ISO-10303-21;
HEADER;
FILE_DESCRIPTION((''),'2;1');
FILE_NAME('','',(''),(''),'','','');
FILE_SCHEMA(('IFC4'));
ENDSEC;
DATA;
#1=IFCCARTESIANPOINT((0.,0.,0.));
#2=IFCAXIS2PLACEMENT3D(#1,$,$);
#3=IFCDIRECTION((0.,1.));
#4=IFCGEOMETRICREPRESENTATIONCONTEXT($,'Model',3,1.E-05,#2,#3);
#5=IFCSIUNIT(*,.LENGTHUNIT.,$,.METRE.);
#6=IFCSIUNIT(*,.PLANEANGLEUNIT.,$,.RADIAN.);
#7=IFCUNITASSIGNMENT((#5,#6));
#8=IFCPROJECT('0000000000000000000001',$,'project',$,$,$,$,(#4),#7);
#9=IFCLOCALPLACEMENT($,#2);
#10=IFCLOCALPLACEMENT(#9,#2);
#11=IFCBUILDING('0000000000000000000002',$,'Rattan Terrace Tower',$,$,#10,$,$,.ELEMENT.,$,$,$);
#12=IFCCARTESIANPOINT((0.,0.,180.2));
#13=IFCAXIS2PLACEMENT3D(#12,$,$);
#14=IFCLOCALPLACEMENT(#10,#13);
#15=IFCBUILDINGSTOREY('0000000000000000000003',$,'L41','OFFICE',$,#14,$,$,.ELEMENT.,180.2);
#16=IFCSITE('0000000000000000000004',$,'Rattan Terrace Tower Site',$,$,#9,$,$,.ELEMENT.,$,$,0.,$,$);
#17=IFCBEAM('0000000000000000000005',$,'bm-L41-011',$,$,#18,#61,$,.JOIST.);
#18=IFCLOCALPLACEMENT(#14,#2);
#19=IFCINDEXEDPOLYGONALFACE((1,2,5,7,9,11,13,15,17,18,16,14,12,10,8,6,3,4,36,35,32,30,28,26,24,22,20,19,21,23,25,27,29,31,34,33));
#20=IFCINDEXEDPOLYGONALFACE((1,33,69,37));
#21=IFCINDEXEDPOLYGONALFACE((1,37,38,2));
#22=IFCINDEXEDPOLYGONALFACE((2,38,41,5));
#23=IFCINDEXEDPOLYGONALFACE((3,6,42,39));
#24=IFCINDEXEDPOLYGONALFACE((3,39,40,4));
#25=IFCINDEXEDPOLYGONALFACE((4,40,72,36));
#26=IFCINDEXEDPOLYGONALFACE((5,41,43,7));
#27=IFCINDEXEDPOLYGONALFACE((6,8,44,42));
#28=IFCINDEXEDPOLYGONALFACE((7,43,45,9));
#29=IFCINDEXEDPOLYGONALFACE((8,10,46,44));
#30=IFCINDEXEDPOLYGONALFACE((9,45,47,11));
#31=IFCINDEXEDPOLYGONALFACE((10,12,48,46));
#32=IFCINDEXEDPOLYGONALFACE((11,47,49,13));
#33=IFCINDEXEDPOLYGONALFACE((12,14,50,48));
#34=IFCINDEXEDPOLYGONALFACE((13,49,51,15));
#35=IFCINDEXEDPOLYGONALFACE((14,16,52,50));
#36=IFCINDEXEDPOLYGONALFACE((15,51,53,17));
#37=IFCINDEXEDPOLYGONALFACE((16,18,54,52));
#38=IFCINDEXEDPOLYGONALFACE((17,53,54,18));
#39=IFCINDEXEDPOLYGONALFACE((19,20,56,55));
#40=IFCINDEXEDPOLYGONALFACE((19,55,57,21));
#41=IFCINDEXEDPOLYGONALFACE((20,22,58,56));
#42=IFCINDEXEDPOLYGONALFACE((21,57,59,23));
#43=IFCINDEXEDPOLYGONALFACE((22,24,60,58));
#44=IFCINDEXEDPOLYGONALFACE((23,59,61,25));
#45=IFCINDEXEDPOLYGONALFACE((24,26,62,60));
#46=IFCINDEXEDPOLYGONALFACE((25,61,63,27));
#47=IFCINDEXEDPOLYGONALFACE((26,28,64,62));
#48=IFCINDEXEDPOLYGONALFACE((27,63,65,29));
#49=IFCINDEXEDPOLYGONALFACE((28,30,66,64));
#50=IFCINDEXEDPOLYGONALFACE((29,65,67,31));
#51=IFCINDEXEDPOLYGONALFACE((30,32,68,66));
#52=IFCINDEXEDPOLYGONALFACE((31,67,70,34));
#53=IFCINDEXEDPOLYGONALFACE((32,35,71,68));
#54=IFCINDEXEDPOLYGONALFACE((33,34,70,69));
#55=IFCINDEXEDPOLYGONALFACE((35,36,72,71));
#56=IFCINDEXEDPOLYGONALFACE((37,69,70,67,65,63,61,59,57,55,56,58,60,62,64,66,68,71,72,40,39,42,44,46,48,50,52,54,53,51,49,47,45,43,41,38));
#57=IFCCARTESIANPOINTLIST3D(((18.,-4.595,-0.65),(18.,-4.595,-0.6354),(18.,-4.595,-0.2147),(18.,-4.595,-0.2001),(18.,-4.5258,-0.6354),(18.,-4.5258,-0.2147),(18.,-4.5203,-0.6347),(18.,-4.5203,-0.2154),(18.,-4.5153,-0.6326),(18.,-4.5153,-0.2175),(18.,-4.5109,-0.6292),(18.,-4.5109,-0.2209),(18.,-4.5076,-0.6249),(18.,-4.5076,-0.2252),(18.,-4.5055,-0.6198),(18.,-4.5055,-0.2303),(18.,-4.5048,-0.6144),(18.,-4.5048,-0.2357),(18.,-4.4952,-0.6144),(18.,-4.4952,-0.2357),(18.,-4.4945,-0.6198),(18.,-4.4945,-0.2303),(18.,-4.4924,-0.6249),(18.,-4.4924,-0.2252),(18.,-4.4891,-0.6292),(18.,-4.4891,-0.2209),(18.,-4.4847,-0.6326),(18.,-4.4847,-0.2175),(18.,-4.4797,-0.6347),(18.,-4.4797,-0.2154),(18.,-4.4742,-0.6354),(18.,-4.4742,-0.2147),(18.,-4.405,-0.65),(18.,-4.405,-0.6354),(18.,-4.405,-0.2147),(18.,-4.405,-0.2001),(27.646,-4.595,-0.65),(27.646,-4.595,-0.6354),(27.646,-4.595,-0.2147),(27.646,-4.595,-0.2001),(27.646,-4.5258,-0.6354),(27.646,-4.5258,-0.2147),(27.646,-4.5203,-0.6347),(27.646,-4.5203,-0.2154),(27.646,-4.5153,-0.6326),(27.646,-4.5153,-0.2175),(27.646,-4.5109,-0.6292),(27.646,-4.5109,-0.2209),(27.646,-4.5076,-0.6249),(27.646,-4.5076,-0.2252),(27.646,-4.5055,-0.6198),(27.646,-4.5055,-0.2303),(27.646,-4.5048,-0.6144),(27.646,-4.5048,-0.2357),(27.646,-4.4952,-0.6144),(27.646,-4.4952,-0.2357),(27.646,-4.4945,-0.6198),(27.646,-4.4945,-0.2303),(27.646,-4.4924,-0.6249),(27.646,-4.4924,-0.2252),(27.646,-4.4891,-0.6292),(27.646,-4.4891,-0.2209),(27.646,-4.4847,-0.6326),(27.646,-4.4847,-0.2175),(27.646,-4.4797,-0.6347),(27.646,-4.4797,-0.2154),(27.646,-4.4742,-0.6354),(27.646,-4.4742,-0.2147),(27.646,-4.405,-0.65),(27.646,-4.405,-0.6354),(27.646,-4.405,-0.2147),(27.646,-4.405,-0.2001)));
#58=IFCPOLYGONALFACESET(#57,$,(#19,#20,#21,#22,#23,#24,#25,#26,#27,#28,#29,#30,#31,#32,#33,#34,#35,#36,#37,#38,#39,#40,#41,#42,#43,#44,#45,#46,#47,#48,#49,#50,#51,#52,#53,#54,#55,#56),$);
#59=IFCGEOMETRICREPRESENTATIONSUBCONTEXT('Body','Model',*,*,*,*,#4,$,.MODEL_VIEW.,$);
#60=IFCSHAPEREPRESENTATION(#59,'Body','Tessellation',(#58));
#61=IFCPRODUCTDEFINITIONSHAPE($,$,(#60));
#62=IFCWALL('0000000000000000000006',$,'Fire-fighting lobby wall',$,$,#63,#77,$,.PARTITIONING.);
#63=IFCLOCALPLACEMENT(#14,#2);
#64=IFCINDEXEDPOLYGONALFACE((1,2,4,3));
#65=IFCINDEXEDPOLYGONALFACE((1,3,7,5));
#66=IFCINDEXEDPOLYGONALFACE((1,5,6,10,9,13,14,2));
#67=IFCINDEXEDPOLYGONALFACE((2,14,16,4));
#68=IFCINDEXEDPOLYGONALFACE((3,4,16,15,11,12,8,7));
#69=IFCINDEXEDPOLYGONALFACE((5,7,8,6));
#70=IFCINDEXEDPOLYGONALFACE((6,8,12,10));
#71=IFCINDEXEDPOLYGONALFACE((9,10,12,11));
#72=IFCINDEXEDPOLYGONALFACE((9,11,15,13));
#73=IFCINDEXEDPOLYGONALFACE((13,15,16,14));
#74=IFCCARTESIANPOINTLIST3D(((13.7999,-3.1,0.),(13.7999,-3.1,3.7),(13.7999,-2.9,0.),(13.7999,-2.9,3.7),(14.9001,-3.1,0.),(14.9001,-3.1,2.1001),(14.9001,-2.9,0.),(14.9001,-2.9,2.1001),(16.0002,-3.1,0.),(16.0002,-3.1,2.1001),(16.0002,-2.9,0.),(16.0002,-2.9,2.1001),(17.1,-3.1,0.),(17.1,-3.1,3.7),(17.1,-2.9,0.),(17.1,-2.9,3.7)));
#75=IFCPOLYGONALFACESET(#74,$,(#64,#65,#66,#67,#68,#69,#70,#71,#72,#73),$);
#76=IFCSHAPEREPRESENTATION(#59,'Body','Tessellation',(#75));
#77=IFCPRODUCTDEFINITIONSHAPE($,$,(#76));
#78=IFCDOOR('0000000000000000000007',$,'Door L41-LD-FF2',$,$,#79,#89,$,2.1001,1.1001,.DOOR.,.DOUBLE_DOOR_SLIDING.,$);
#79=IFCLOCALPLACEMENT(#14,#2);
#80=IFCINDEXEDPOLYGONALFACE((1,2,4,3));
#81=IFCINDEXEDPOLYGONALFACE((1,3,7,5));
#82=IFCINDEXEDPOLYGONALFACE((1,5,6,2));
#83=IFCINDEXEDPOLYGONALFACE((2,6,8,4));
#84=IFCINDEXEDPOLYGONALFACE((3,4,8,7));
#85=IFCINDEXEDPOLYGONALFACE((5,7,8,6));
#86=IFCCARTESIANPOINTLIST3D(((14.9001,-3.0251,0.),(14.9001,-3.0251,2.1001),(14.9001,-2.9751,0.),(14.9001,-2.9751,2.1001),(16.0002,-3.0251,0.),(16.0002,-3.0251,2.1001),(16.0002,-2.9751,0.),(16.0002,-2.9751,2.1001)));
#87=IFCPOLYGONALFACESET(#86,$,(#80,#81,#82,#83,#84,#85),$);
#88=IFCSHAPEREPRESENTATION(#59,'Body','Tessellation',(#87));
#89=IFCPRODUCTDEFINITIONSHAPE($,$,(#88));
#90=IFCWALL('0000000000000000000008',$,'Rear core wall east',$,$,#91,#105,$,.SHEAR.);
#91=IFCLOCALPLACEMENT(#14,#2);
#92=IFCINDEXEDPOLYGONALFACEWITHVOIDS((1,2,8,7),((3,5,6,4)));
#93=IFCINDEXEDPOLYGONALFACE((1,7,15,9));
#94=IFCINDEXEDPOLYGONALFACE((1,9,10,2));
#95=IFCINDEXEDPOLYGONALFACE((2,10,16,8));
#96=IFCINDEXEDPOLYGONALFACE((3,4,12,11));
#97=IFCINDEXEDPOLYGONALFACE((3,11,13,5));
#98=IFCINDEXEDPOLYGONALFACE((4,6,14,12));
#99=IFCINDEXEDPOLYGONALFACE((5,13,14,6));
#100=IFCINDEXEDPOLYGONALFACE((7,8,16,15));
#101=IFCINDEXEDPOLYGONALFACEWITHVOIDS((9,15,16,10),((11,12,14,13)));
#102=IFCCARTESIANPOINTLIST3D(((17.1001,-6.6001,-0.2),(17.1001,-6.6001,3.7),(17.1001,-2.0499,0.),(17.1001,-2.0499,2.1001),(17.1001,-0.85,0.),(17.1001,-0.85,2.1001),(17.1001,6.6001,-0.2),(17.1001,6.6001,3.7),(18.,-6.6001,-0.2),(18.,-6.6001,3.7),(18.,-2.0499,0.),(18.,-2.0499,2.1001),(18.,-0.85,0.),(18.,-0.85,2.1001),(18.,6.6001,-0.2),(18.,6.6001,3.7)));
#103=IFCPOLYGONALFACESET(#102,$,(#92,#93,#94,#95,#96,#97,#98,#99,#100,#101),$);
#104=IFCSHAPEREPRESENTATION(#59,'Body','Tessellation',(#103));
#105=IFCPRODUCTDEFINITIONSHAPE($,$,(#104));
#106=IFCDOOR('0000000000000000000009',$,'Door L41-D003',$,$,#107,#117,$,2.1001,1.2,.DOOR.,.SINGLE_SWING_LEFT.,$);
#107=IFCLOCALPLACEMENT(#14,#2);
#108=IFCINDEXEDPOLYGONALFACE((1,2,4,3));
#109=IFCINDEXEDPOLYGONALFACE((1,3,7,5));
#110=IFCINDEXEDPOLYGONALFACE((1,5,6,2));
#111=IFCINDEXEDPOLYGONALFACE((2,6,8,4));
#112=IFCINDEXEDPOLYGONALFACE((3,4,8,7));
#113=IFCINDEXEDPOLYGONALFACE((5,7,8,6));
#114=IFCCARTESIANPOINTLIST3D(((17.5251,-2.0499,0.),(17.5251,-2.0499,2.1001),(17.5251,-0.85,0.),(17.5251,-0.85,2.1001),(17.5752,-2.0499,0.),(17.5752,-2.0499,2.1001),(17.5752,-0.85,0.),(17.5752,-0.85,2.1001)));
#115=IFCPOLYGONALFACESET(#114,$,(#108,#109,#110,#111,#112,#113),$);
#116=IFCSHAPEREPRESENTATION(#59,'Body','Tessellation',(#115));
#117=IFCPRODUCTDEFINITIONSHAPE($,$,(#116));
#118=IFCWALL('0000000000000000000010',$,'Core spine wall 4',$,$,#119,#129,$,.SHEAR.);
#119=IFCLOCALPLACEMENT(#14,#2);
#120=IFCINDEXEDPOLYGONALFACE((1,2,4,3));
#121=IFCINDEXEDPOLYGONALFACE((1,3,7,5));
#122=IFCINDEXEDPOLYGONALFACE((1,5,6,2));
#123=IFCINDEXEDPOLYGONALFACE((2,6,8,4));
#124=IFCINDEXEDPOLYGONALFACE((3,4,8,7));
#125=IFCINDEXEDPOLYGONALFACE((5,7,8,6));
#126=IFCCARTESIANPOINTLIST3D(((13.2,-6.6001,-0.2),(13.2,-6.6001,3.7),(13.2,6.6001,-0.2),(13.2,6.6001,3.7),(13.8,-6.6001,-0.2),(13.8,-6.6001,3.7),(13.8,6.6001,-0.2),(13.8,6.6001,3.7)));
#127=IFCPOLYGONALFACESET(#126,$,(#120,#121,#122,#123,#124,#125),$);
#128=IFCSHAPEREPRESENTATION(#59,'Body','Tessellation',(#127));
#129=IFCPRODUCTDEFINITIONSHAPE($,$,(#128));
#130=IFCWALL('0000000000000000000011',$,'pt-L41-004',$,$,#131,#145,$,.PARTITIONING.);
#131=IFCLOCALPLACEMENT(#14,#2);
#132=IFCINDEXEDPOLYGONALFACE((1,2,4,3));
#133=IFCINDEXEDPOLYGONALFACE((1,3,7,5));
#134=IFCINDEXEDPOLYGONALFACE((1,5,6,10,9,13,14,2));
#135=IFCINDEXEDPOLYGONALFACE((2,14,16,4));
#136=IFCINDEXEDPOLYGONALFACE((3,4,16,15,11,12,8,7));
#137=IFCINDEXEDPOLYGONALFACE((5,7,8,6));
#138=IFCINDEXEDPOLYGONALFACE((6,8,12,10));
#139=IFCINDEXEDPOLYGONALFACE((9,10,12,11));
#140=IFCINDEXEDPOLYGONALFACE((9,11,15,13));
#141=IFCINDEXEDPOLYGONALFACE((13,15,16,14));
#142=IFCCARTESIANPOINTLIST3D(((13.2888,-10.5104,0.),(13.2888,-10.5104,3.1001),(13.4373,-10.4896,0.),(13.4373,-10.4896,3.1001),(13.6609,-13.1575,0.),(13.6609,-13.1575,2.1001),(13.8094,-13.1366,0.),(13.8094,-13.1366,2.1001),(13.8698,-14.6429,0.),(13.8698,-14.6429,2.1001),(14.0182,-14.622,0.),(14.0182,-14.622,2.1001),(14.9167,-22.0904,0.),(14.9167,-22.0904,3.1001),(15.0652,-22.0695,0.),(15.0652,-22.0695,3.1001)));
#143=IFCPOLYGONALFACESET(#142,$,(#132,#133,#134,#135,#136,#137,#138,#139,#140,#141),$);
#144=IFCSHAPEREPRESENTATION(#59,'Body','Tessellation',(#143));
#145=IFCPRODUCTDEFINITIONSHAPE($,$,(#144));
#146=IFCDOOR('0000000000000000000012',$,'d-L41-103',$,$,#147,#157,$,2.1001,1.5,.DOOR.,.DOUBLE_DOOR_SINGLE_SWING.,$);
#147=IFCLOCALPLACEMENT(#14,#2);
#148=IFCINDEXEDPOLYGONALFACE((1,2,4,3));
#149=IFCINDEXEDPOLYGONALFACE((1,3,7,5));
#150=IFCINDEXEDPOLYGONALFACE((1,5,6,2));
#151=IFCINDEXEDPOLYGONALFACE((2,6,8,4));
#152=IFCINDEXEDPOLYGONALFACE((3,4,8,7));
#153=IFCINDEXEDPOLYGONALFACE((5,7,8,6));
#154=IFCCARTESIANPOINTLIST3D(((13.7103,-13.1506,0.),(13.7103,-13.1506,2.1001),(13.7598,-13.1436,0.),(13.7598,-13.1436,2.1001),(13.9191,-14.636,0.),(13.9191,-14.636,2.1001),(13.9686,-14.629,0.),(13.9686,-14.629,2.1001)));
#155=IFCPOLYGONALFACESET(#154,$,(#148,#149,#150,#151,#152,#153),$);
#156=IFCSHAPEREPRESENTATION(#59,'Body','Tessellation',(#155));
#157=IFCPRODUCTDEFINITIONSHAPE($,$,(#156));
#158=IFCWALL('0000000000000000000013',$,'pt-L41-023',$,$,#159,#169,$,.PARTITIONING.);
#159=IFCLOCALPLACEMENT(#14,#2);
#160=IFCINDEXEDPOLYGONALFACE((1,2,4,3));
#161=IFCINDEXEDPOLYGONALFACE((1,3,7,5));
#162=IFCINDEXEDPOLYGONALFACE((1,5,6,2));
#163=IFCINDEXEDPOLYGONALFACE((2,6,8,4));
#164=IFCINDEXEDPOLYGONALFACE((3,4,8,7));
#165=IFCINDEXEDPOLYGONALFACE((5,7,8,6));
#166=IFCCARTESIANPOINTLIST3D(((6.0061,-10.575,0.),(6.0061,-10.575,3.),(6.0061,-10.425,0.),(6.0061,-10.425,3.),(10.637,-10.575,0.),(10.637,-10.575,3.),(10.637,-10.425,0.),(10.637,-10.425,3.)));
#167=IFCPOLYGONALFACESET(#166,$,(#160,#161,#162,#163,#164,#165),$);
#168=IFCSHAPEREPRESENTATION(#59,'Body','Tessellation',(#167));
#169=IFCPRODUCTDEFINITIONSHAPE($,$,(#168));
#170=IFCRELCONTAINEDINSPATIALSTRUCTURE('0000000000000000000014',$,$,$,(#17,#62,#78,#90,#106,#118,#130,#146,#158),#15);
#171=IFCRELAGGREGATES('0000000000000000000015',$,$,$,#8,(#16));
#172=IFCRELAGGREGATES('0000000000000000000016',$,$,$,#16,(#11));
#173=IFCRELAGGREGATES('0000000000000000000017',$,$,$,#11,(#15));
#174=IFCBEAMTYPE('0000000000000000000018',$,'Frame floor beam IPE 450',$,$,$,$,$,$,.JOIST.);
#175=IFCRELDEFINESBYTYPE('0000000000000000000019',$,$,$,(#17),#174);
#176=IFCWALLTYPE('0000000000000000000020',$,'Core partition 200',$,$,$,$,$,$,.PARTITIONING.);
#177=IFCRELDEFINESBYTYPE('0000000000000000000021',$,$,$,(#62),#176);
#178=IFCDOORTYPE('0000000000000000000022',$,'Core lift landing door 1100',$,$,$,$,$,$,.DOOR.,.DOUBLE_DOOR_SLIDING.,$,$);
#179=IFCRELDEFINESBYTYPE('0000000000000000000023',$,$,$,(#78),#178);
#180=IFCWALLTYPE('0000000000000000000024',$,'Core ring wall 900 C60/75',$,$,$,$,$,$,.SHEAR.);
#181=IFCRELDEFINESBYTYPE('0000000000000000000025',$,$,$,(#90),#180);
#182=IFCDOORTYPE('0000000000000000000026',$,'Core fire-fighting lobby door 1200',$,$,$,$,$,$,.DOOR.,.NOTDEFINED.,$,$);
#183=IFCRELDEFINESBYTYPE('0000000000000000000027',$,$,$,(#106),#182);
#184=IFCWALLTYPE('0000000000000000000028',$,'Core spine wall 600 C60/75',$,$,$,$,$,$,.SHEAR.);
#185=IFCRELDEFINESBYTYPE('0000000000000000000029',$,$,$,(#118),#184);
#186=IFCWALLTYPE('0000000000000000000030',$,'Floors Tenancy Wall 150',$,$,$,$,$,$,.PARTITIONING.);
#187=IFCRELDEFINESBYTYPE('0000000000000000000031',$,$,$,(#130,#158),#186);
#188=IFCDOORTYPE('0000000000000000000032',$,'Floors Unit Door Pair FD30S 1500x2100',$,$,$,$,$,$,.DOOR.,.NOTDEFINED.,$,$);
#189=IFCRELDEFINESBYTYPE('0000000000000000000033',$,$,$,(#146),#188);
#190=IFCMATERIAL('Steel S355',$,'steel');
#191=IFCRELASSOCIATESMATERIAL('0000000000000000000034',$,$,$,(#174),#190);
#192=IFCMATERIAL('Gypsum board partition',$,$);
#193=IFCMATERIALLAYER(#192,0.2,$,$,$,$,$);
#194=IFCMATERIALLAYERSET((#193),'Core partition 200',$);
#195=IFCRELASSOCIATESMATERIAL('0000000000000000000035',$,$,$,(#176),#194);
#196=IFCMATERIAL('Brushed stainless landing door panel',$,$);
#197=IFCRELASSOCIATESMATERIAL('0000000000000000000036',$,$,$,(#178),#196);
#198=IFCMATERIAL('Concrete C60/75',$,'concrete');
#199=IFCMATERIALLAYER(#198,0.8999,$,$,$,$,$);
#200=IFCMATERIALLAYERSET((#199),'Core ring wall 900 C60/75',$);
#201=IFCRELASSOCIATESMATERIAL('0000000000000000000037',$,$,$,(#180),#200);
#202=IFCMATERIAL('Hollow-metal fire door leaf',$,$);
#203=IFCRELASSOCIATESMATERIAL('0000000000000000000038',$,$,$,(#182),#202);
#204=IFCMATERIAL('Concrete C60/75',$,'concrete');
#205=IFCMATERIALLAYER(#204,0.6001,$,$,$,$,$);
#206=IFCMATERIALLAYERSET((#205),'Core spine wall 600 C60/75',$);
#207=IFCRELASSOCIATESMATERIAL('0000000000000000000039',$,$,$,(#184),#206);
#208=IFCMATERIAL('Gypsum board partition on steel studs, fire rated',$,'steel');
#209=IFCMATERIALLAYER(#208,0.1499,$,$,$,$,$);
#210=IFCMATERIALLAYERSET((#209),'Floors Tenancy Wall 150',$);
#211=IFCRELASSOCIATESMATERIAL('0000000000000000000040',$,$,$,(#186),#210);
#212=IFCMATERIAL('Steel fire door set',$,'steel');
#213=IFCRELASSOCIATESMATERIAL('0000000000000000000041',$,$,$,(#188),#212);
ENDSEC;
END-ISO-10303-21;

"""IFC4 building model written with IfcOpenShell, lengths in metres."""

from ifc_helpers import new_model, si_unit, direction, frame, frame_2d, origin, origin_2d, place, context, subcontext, project, spatial, rectangle, i_section, extrude, material, layer, layer_set, material_profile, profile_set, type_object, element, fill, save


model = new_model("IFC4")

# Units and contexts
model_context = context("Model", 3, precision=1e-05, world=origin(), true_north=direction((0.0, 1.0)))
body_context = subcontext(model_context, "Body", "Model", "MODEL_VIEW")
ifc_project = project(units=[si_unit("LENGTHUNIT", "METRE"), si_unit("PLANEANGLEUNIT", "RADIAN")], contexts=[model_context])

# Site, building, storey
site_placement = place(None, origin())
site = spatial("IfcSite", under=ifc_project, at=site_placement, Name="Rattan Terrace Tower Site", CompositionType="ELEMENT", RefElevation=0.0)
building_placement = place(site_placement, origin())
building = spatial("IfcBuilding", under=site, at=building_placement, Name="Rattan Terrace Tower", CompositionType="ELEMENT")
storey_placement = place(building_placement, frame((0.0, 0.0, 180.2)))
storey = spatial("IfcBuildingStorey", under=building, at=storey_placement, Name="L41", Description="OFFICE", CompositionType="ELEMENT", Elevation=180.2)

# Beam
ifc_material_1 = material(Name="Steel S355", Category="steel")
ifc_material_profile = material_profile(ifc_material_1, i_section(OverallWidth=0.1899, OverallDepth=0.45, WebThickness=0.0095, FlangeThickness=0.0146, FilletRadius=0.021, at=origin_2d()), Name="IPE 450")
ifc_profile_set = profile_set([ifc_material_profile], Name="Steel S355")
beam_type = type_object("IfcBeamType", Name="Frame floor beam IPE 450", PredefinedType="JOIST", material=ifc_profile_set)
beam_placement = place(storey_placement, frame((18.0, -4.5, -0.425), z_axis=(1.0, 0.0, 0.0), x_axis=(0.0, 1.0, 0.0)))
element("IfcBeam", 1, at=beam_placement, inside=storey, type_object=beam_type, Name="bm-L41-011", PredefinedType="JOIST", context=body_context, shape_type="SweptSolid", body=[
    extrude(i_section(OverallWidth=0.1899, OverallDepth=0.45, WebThickness=0.0095, FlangeThickness=0.0146, FilletRadius=0.021, at=origin_2d()), origin(), (0.0, 0.0, 1.0), 9.646),
])

# Walls, openings, doors
ifc_material_2 = material(Name="Gypsum board partition")
ifc_layer_1 = layer(ifc_material_2, 0.2)
ifc_layer_set_1 = layer_set([ifc_layer_1], Name="Core partition 200")
wall_type_1 = type_object("IfcWallType", Name="Core partition 200", PredefinedType="PARTITIONING", material=ifc_layer_set_1)
wall_1_placement = place(storey_placement, frame((13.8, -3.0, 0.0), z_axis=(0.0, 0.0, 1.0), x_axis=(1.0, 0.0, 0.0)))
wall_1 = element("IfcWall", 2, at=wall_1_placement, inside=storey, type_object=wall_type_1, Name="Fire-fighting lobby wall", PredefinedType="PARTITIONING", context=body_context, shape_type="SweptSolid", body=[
    extrude(rectangle(XDim=3.3, YDim=0.2, at=frame_2d((1.6499, 0.0))), origin(), (0.0, 0.0, 1.0), 3.7),
])
opening_1_placement = place(wall_1_placement, frame((1.1001, 0.0, 0.0)))
opening_1 = element("IfcOpeningElement", 3, at=opening_1_placement, cuts=wall_1, PredefinedType="OPENING", context=body_context, shape_type="SweptSolid", body=[
    extrude(rectangle(XDim=1.1001, YDim=2.1001, at=frame_2d((0.55, 1.05))), frame((0.0, 0.1106, 0.0), z_axis=(0.0, -1.0, 0.0), x_axis=(1.0, 0.0, 0.0)), (0.0, 0.0, 1.0), 0.2209),
])
ifc_material_3 = material(Name="Brushed stainless landing door panel")
door_type_1 = type_object("IfcDoorType", Name="Core lift landing door 1100", OperationType="DOUBLE_DOOR_SLIDING", PredefinedType="DOOR", material=ifc_material_3)
door_1_placement = place(opening_1_placement, origin())
door_1 = element("IfcDoor", 4, at=door_1_placement, inside=storey, type_object=door_type_1, Name="Door L41-LD-FF2", OperationType="DOUBLE_DOOR_SLIDING", OverallHeight=2.1001, OverallWidth=1.1001, PredefinedType="DOOR", context=body_context, shape_type="SweptSolid", body=[
    extrude(rectangle(XDim=1.1001, YDim=2.1001, at=frame_2d((0.55, 1.05))), frame((0.0, 0.0249, 0.0), z_axis=(0.0, -1.0, 0.0), x_axis=(1.0, 0.0, 0.0)), (0.0, 0.0, 1.0), 0.05),
])
fill(opening_1, door_1)
ifc_material_4 = material(Name="Concrete C60/75", Category="concrete")
ifc_layer_2 = layer(ifc_material_4, 0.8999)
ifc_layer_set_2 = layer_set([ifc_layer_2], Name="Core ring wall 900 C60/75")
wall_type_2 = type_object("IfcWallType", Name="Core ring wall 900 C60/75", PredefinedType="SHEAR", material=ifc_layer_set_2)
wall_2_placement = place(storey_placement, frame((17.55, -6.6001, -0.2), z_axis=(0.0, 0.0, 1.0), x_axis=(0.0, 1.0, 0.0)))
wall_2 = element("IfcWall", 5, at=wall_2_placement, inside=storey, type_object=wall_type_2, Name="Rear core wall east", PredefinedType="SHEAR", context=body_context, shape_type="SweptSolid", body=[
    extrude(rectangle(XDim=13.2002, YDim=0.8999, at=frame_2d((6.6001, 0.0))), origin(), (0.0, 0.0, 1.0), 3.8999),
])
opening_2_placement = place(wall_2_placement, frame((4.55, 0.0, 0.2)))
opening_2 = element("IfcOpeningElement", 6, at=opening_2_placement, cuts=wall_2, PredefinedType="OPENING", context=body_context, shape_type="SweptSolid", body=[
    extrude(rectangle(XDim=1.2, YDim=2.1001, at=frame_2d((0.6001, 1.05))), frame((0.0, 0.4604, 0.0), z_axis=(0.0, -1.0, 0.0), x_axis=(1.0, 0.0, 0.0)), (0.0, 0.0, 1.0), 0.9209),
])
ifc_material_5 = material(Name="Hollow-metal fire door leaf")
door_type_2 = type_object("IfcDoorType", Name="Core fire-fighting lobby door 1200", OperationType="NOTDEFINED", PredefinedType="DOOR", material=ifc_material_5)
door_2_placement = place(opening_2_placement, origin())
door_2 = element("IfcDoor", 7, at=door_2_placement, inside=storey, type_object=door_type_2, Name="Door L41-D003", OperationType="SINGLE_SWING_LEFT", OverallHeight=2.1001, OverallWidth=1.2, PredefinedType="DOOR", context=body_context, shape_type="SweptSolid", body=[
    extrude(rectangle(XDim=1.2, YDim=2.1001, at=frame_2d((0.6001, 1.05))), frame((0.0, 0.0249, 0.0), z_axis=(0.0, -1.0, 0.0), x_axis=(1.0, 0.0, 0.0)), (0.0, 0.0, 1.0), 0.05),
])
fill(opening_2, door_2)

# Wall
ifc_material_6 = material(Name="Concrete C60/75", Category="concrete")
ifc_layer_3 = layer(ifc_material_6, 0.6001)
ifc_layer_set_3 = layer_set([ifc_layer_3], Name="Core spine wall 600 C60/75")
wall_type_3 = type_object("IfcWallType", Name="Core spine wall 600 C60/75", PredefinedType="SHEAR", material=ifc_layer_set_3)
wall_3_placement = place(storey_placement, frame((13.5, -6.6001, -0.2), z_axis=(0.0, 0.0, 1.0), x_axis=(0.0, 1.0, 0.0)))
element("IfcWall", 8, at=wall_3_placement, inside=storey, type_object=wall_type_3, Name="Core spine wall 4", PredefinedType="SHEAR", context=body_context, shape_type="SweptSolid", body=[
    extrude(rectangle(XDim=13.2002, YDim=0.6001, at=frame_2d((6.6001, 0.0))), origin(), (0.0, 0.0, 1.0), 3.8999),
])

# Wall, opening, door
ifc_material_7 = material(Name="Gypsum board partition on steel studs, fire rated", Category="steel")
ifc_layer_4 = layer(ifc_material_7, 0.1499)
ifc_layer_set_4 = layer_set([ifc_layer_4], Name="Floors Tenancy Wall 150")
wall_type_4 = type_object("IfcWallType", Name="Floors Tenancy Wall 150", PredefinedType="PARTITIONING", material=ifc_layer_set_4)
wall_4_placement = place(storey_placement, frame((13.363, -10.5, 0.0), z_axis=(0.0, 0.0, 1.0), x_axis=(0.139211, -0.990263, 0.0)))
wall_4 = element("IfcWall", 9, at=wall_4_placement, inside=storey, type_object=wall_type_4, Name="pt-L41-004", PredefinedType="PARTITIONING", context=body_context, shape_type="SweptSolid", body=[
    extrude(rectangle(XDim=11.6938, YDim=0.1499, at=frame_2d((5.8469, 0.0))), origin(), (0.0, 0.0, 1.0), 3.1001),
])
opening_3_placement = place(wall_4_placement, frame((2.6731, 0.0, 0.0)))
opening_3 = element("IfcOpeningElement", 10, at=opening_3_placement, cuts=wall_4, PredefinedType="OPENING", context=body_context, shape_type="SweptSolid", body=[
    extrude(rectangle(XDim=1.5, YDim=2.1001, at=frame_2d((0.75, 1.05))), frame((0.0, 0.0854, 0.0), z_axis=(0.0, -1.0, 0.0), x_axis=(1.0, 0.0, 0.0)), (0.0, 0.0, 1.0), 0.1709),
])
ifc_material_8 = material(Name="Steel fire door set", Category="steel")
door_type_3 = type_object("IfcDoorType", Name="Floors Unit Door Pair FD30S 1500x2100", OperationType="NOTDEFINED", PredefinedType="DOOR", material=ifc_material_8)
door_3_placement = place(opening_3_placement, origin())
door_3 = element("IfcDoor", 11, at=door_3_placement, inside=storey, type_object=door_type_3, Name="d-L41-103", OperationType="DOUBLE_DOOR_SINGLE_SWING", OverallHeight=2.1001, OverallWidth=1.5, PredefinedType="DOOR", context=body_context, shape_type="SweptSolid", body=[
    extrude(rectangle(XDim=1.5, YDim=2.1001, at=frame_2d((0.75, 1.05))), frame((0.0, 0.0249, 0.0), z_axis=(0.0, -1.0, 0.0), x_axis=(1.0, 0.0, 0.0)), (0.0, 0.0, 1.0), 0.05),
])
fill(opening_3, door_3)

# Wall
wall_5_placement = place(storey_placement, frame((10.637, -10.5, 0.0), z_axis=(0.0, 0.0, 1.0), x_axis=(-1.0, 0.0, 0.0)))
element("IfcWall", 12, at=wall_5_placement, inside=storey, type_object=wall_type_4, Name="pt-L41-023", PredefinedType="PARTITIONING", context=body_context, shape_type="SweptSolid", body=[
    extrude(rectangle(XDim=4.6309, YDim=0.1499, at=frame_2d((2.3154, 0.0))), origin(), (0.0, 0.0, 1.0), 3.0),
])

save(model, "model.ifc")
